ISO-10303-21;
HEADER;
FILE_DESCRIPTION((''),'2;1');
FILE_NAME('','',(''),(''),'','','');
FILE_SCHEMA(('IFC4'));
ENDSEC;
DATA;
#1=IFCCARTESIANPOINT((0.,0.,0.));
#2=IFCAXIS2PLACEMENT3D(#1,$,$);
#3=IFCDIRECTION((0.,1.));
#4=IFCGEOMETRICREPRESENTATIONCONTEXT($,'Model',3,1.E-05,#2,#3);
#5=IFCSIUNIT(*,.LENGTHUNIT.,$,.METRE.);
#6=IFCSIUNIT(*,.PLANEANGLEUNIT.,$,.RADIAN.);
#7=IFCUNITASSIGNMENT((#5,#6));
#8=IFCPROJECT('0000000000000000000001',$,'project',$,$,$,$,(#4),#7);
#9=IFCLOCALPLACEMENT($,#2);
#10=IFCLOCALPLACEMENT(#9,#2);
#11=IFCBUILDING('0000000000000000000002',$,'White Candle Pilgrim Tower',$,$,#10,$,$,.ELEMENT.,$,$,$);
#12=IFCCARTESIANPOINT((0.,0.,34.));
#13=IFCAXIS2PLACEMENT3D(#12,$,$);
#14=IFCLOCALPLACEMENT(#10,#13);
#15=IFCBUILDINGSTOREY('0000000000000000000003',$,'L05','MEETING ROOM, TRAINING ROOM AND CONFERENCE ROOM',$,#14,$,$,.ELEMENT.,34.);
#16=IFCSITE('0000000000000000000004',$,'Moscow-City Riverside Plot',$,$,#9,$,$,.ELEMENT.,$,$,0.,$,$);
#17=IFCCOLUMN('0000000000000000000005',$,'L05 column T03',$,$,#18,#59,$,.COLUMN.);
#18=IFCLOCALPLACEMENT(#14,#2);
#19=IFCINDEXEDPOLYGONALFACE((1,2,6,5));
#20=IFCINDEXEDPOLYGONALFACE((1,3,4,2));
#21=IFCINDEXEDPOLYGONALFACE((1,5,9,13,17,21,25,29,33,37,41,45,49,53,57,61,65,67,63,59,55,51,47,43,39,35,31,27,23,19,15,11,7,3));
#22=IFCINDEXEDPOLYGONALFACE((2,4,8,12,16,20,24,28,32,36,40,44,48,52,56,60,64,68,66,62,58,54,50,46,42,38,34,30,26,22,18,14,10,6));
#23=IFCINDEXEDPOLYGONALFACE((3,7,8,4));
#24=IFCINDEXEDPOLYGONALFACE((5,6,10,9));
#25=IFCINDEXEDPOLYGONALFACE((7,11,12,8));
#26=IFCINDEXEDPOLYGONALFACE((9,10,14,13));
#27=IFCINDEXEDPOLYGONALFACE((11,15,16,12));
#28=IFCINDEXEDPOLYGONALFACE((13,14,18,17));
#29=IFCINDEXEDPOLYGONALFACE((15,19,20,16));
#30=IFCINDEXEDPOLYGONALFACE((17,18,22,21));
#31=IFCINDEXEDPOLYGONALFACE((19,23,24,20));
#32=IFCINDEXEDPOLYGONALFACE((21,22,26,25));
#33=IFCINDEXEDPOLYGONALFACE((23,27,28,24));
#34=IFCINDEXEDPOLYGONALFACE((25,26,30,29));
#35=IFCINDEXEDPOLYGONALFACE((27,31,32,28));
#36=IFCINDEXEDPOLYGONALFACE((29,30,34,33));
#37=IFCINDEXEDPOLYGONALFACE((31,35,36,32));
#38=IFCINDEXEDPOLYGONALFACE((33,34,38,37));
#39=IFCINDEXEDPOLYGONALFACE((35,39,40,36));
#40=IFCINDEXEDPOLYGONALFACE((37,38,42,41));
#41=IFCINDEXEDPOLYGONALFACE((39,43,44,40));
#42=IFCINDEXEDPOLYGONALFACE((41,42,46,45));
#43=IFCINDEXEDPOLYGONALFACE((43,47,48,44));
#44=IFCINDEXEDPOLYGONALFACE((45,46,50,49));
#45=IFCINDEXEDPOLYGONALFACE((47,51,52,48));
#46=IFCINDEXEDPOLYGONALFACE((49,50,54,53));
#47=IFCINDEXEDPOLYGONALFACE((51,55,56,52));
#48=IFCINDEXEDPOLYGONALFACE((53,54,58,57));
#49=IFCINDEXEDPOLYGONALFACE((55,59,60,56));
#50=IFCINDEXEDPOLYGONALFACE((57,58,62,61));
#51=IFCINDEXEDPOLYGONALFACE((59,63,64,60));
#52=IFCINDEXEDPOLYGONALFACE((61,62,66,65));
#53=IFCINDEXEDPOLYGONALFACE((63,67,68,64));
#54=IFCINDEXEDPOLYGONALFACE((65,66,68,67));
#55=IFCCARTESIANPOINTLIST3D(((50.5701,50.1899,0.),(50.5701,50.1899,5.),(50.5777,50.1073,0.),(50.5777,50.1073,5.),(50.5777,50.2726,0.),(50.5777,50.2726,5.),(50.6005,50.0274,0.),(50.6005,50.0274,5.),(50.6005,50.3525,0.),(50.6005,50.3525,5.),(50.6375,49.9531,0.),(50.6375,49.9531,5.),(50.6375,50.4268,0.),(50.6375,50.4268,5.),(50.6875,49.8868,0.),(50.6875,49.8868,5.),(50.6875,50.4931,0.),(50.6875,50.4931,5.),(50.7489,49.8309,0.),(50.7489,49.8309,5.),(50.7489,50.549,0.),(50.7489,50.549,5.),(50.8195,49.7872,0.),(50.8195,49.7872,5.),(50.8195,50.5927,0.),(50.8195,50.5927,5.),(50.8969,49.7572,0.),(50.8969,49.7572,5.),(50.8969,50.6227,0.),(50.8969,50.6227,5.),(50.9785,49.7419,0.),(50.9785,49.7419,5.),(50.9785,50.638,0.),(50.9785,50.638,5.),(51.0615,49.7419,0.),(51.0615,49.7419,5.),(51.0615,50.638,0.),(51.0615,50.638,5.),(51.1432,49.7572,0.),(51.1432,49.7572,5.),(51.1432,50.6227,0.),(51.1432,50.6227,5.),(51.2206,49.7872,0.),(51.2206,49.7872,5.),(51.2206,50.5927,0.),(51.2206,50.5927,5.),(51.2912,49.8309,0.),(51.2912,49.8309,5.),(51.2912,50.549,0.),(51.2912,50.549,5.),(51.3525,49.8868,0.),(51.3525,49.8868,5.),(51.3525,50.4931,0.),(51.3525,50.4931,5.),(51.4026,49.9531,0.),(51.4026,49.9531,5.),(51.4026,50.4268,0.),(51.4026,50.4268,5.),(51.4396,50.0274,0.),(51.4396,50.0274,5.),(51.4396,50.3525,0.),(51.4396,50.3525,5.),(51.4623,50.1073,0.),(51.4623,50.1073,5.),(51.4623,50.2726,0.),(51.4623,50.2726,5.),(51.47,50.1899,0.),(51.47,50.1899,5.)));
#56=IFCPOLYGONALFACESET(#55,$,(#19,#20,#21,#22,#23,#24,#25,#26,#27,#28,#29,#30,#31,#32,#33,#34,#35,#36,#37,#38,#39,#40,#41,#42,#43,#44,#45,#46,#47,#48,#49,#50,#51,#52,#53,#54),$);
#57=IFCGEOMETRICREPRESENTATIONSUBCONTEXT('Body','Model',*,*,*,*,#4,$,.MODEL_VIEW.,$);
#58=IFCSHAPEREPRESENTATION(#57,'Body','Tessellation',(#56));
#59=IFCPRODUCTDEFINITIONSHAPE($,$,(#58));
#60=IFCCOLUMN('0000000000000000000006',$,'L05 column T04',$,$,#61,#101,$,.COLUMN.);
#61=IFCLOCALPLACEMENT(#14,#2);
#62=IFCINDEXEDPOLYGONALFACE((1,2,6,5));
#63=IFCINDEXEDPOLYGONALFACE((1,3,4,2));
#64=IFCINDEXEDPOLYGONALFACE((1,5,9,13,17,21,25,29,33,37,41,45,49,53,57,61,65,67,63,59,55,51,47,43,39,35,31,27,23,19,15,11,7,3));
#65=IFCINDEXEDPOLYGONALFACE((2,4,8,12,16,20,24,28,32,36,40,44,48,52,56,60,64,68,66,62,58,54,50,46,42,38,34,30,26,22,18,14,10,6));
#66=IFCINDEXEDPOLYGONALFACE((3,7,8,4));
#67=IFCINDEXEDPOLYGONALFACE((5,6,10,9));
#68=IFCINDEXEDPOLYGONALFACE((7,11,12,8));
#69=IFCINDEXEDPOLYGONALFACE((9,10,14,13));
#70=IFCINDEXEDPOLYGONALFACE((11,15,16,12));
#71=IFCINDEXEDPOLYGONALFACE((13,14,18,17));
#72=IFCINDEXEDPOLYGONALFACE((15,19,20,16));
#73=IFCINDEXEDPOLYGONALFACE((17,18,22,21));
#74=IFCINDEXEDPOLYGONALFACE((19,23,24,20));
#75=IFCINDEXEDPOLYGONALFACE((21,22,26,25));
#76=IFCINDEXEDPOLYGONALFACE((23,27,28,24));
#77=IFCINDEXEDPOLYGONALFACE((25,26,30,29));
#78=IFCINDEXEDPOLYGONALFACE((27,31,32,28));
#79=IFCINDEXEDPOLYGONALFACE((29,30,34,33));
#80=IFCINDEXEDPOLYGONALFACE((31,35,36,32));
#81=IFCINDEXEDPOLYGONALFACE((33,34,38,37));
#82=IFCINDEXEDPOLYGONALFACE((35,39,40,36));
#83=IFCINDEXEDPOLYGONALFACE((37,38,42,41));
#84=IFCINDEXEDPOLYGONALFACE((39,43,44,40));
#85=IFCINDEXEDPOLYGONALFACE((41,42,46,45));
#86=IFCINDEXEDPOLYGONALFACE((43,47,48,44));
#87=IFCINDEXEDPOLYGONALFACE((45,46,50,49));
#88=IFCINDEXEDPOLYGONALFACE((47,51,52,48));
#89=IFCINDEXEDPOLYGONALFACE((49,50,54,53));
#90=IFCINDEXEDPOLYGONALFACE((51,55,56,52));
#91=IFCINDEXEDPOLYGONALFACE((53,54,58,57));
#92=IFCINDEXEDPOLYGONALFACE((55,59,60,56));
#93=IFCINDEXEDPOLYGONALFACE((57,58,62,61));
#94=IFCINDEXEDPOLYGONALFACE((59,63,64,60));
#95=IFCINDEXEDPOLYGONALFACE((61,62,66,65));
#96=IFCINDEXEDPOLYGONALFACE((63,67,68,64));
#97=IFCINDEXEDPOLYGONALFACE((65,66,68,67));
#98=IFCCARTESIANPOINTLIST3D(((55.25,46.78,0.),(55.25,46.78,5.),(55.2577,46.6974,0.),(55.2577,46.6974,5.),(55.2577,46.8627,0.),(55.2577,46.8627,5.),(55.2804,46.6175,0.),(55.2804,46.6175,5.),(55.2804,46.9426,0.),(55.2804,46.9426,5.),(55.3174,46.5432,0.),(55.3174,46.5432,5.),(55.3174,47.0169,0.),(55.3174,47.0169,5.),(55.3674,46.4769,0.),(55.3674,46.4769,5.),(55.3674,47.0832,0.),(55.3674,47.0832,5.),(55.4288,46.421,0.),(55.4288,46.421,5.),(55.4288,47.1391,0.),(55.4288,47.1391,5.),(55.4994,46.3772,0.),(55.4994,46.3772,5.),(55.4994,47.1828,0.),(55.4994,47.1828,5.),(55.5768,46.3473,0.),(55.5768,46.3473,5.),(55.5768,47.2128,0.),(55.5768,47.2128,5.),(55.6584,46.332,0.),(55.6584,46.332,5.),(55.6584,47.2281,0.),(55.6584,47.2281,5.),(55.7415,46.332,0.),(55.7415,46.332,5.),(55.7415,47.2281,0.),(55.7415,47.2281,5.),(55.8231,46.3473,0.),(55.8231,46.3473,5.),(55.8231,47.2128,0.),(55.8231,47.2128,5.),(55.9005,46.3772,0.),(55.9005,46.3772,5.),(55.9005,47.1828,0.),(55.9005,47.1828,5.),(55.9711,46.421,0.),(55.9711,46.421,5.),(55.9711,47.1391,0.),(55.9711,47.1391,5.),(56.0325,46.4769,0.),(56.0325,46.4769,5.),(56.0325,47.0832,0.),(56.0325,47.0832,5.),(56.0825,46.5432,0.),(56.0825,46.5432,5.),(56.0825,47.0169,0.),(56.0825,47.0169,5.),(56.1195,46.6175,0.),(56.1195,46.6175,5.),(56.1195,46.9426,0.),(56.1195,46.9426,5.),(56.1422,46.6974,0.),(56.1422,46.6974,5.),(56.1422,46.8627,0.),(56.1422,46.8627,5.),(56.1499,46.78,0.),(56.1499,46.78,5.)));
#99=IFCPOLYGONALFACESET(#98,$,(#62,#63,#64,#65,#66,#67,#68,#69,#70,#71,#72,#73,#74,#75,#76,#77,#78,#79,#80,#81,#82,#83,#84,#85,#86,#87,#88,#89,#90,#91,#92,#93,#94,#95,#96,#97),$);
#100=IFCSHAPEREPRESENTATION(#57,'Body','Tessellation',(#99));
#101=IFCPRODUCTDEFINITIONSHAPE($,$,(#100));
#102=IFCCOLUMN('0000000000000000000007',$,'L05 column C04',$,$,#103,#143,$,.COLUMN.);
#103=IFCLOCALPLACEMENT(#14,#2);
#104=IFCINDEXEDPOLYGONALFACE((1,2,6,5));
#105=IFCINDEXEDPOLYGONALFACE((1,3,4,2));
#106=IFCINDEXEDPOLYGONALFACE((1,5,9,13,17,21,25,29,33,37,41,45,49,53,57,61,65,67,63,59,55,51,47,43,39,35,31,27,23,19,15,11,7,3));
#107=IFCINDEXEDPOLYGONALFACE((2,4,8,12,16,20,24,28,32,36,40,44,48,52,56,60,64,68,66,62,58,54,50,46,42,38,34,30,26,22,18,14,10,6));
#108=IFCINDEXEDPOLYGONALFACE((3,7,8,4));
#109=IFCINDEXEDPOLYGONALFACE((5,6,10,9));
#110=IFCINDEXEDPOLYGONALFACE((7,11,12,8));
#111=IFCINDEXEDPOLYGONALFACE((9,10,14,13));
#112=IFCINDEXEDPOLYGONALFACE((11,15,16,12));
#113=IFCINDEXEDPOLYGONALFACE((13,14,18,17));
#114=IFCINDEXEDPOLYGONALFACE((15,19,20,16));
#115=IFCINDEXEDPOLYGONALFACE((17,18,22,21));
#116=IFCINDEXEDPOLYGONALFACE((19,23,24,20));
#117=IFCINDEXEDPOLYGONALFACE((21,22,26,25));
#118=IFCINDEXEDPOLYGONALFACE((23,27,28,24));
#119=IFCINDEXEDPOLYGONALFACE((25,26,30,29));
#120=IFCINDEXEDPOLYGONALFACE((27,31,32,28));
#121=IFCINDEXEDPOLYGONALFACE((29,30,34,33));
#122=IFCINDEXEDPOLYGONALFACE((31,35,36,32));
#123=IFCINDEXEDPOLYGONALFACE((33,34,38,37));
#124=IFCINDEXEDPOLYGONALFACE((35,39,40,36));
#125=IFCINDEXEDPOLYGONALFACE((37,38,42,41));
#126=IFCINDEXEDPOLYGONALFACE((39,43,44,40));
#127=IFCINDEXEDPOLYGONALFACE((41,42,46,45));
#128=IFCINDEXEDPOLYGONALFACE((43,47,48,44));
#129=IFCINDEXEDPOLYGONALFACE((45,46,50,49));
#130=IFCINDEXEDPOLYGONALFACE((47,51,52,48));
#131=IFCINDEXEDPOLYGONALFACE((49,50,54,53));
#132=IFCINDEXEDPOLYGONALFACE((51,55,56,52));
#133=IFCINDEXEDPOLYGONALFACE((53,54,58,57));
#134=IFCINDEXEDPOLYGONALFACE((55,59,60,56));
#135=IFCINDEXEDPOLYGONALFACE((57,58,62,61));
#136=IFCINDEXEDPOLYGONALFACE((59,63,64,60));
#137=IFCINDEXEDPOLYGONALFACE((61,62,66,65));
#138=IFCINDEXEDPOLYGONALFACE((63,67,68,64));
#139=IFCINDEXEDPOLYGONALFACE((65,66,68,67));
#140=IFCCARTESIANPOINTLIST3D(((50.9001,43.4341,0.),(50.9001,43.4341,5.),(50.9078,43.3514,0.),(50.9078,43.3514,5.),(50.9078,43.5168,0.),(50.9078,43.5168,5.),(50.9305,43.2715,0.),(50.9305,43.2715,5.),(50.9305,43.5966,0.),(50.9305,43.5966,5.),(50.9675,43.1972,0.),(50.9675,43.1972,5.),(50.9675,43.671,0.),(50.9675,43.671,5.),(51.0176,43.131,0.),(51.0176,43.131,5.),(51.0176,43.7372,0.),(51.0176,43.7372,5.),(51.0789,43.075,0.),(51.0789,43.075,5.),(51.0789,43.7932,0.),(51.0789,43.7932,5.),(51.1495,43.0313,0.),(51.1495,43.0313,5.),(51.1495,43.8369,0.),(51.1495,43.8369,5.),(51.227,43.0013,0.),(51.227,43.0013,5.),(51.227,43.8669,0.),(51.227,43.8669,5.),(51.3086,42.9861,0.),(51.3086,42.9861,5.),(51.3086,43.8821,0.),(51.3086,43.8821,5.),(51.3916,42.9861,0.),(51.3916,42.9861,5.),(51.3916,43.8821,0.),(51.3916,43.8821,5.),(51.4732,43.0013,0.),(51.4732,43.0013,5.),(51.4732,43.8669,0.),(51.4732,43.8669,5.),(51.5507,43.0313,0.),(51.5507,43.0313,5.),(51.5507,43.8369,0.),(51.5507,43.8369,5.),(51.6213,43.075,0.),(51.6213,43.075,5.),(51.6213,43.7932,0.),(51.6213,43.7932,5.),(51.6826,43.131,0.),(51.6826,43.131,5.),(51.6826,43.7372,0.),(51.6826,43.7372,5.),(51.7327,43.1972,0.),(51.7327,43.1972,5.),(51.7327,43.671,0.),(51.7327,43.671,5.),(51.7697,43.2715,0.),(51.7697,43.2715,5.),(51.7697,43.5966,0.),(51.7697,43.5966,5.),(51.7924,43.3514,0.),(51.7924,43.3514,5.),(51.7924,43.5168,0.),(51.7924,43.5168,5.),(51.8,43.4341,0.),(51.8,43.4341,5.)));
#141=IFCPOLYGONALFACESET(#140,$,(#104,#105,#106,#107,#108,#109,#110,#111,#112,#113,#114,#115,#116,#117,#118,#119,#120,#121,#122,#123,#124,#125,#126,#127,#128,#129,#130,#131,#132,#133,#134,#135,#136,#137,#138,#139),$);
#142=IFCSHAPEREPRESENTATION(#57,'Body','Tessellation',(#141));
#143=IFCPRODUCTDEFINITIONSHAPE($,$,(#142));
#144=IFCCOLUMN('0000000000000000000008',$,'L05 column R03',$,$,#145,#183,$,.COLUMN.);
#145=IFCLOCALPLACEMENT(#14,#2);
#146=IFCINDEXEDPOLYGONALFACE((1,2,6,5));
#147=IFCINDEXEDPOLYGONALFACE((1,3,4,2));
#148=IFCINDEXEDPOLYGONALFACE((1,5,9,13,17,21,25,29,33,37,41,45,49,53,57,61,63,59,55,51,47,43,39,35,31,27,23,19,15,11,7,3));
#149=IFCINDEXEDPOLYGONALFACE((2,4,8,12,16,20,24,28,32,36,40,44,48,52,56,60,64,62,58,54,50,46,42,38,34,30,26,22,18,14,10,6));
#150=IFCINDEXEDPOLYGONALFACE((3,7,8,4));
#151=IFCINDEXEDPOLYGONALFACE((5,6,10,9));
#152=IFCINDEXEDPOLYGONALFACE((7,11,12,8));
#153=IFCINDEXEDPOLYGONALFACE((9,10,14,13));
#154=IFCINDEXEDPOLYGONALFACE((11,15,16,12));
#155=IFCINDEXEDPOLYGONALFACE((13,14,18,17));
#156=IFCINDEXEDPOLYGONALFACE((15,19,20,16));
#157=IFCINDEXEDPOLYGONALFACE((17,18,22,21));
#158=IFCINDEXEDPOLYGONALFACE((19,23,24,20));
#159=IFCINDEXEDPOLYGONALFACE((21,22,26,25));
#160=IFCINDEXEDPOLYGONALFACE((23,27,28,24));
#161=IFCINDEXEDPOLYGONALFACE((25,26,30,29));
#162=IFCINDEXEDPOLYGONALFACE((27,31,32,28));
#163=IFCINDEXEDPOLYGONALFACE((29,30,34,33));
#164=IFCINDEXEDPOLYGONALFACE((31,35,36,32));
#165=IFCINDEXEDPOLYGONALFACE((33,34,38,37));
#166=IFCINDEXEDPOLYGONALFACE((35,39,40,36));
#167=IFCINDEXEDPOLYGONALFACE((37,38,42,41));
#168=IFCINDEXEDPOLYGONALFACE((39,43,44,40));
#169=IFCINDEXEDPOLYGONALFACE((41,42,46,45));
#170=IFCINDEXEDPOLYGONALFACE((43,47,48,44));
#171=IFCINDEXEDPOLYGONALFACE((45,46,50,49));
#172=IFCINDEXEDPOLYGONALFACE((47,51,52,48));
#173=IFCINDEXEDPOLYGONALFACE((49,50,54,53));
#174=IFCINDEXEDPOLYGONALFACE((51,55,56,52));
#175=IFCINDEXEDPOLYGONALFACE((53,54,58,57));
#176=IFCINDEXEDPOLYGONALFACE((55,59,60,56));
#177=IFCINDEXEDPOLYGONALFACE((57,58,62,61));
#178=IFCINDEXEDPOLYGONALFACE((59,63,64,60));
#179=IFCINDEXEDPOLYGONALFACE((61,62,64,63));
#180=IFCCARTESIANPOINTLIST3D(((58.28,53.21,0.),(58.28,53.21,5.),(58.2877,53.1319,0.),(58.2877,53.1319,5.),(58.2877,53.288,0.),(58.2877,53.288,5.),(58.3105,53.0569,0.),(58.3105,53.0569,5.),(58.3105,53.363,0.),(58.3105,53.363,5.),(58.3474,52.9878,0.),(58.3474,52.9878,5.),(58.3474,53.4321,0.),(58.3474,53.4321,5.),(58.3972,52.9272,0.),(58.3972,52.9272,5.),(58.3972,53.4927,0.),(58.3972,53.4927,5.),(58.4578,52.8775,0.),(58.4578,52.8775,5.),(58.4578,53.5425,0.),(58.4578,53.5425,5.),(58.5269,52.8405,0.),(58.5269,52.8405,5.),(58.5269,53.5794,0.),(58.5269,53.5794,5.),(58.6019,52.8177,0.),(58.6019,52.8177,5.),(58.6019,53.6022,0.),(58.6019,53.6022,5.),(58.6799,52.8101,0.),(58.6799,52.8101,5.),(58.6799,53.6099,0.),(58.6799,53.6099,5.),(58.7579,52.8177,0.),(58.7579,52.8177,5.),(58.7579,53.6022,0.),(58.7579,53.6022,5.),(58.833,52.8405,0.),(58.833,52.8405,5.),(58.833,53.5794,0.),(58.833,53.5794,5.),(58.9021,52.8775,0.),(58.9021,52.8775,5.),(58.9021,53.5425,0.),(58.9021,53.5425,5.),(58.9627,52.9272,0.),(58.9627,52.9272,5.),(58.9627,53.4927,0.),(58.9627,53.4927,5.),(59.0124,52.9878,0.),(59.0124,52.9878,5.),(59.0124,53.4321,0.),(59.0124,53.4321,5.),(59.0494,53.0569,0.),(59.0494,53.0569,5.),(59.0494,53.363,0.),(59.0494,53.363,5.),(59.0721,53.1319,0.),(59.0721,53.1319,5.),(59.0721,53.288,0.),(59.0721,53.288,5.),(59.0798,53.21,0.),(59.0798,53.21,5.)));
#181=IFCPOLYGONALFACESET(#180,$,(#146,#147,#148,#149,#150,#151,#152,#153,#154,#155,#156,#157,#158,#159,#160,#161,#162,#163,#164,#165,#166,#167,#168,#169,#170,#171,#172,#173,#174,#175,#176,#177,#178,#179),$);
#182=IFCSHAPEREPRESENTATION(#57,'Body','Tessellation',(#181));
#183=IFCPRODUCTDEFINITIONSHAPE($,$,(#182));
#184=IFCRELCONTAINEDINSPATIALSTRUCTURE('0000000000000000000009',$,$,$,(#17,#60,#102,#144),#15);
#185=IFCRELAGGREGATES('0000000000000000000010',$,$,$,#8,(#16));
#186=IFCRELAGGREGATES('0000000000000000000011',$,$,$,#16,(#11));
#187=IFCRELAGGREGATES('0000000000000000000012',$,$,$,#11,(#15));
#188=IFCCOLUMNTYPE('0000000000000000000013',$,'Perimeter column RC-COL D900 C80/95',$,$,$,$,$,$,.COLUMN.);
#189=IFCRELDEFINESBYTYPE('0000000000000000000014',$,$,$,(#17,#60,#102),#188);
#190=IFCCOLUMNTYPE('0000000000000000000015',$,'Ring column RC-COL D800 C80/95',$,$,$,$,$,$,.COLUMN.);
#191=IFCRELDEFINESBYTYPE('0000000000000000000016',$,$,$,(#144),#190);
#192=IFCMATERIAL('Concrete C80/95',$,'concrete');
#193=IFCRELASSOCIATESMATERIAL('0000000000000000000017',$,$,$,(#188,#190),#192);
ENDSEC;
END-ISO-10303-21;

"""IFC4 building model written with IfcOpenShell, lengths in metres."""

from ifc_helpers import new_model, si_unit, direction, frame, origin, origin_2d, place, context, subcontext, project, spatial, circle, extrude, material, material_profile, profile_set, type_object, element, save


model = new_model("IFC4")

# Units and contexts
model_context = context("Model", 3, precision=1e-05, world=origin(), true_north=direction((0.0, 1.0)))
body_context = subcontext(model_context, "Body", "Model", "MODEL_VIEW")
ifc_project = project(units=[si_unit("LENGTHUNIT", "METRE"), si_unit("PLANEANGLEUNIT", "RADIAN")], contexts=[model_context])

# Site, building, storey
site_placement = place(None, origin())
site = spatial("IfcSite", under=ifc_project, at=site_placement, Name="Moscow-City Riverside Plot", CompositionType="ELEMENT", RefElevation=0.0)
building_placement = place(site_placement, origin())
building = spatial("IfcBuilding", under=site, at=building_placement, Name="White Candle Pilgrim Tower", CompositionType="ELEMENT")
storey_placement = place(building_placement, frame((0.0, 0.0, 34.0)))
storey = spatial("IfcBuildingStorey", under=building, at=storey_placement, Name="L05", Description="MEETING ROOM, TRAINING ROOM AND CONFERENCE ROOM", CompositionType="ELEMENT", Elevation=34.0)

# Columns
ifc_material_1 = material(Name="Concrete C80/95", Category="concrete")
ifc_material_profile_1 = material_profile(ifc_material_1, circle(Radius=0.45, at=origin_2d()), Name="RC-COL D900")
ifc_profile_set_1 = profile_set([ifc_material_profile_1], Name="Concrete C80/95")
column_type_1 = type_object("IfcColumnType", Name="Perimeter column RC-COL D900 C80/95", PredefinedType="COLUMN", material=ifc_profile_set_1)
for number, where, z_axis, x_axis, name in (
    (1, (51.02, 50.1899, 0.0), (0.0, 0.0, 1.0), (1.0, 0.0, 0.0), "L05 column T03"),
    (2, (55.7, 46.78, 0.0), (0.0, 0.0, 1.0), (1.0, 0.0, 0.0), "L05 column T04"),
    (3, (51.3501, 43.4341, 0.0), (0.0, 0.0, 1.0), (1.0, 0.0, 0.0), "L05 column C04"),
):
    element("IfcColumn", number, at=place(storey_placement, frame(where, z_axis=z_axis, x_axis=x_axis)), inside=storey, type_object=column_type_1, Name=name, PredefinedType="COLUMN", context=body_context, shape_type="SweptSolid", body=[
        extrude(circle(Radius=0.45, at=origin_2d()), origin(), (0.0, 0.0, 1.0), 5.0),
    ])
ifc_material_profile_2 = material_profile(ifc_material_1, circle(Radius=0.3999, at=origin_2d()), Name="RC-COL D800")
ifc_profile_set_2 = profile_set([ifc_material_profile_2], Name="Concrete C80/95")
column_type_2 = type_object("IfcColumnType", Name="Ring column RC-COL D800 C80/95", PredefinedType="COLUMN", material=ifc_profile_set_2)
for number, where, z_axis, x_axis, name in (
    (4, (58.6799, 53.21, 0.0), (0.0, 0.0, 1.0), (1.0, 0.0, 0.0), "L05 column R03"),
):
    element("IfcColumn", number, at=place(storey_placement, frame(where, z_axis=z_axis, x_axis=x_axis)), inside=storey, type_object=column_type_2, Name=name, PredefinedType="COLUMN", context=body_context, shape_type="SweptSolid", body=[
        extrude(circle(Radius=0.3999, at=origin_2d()), origin(), (0.0, 0.0, 1.0), 5.0),
    ])

save(model, "model.ifc")
